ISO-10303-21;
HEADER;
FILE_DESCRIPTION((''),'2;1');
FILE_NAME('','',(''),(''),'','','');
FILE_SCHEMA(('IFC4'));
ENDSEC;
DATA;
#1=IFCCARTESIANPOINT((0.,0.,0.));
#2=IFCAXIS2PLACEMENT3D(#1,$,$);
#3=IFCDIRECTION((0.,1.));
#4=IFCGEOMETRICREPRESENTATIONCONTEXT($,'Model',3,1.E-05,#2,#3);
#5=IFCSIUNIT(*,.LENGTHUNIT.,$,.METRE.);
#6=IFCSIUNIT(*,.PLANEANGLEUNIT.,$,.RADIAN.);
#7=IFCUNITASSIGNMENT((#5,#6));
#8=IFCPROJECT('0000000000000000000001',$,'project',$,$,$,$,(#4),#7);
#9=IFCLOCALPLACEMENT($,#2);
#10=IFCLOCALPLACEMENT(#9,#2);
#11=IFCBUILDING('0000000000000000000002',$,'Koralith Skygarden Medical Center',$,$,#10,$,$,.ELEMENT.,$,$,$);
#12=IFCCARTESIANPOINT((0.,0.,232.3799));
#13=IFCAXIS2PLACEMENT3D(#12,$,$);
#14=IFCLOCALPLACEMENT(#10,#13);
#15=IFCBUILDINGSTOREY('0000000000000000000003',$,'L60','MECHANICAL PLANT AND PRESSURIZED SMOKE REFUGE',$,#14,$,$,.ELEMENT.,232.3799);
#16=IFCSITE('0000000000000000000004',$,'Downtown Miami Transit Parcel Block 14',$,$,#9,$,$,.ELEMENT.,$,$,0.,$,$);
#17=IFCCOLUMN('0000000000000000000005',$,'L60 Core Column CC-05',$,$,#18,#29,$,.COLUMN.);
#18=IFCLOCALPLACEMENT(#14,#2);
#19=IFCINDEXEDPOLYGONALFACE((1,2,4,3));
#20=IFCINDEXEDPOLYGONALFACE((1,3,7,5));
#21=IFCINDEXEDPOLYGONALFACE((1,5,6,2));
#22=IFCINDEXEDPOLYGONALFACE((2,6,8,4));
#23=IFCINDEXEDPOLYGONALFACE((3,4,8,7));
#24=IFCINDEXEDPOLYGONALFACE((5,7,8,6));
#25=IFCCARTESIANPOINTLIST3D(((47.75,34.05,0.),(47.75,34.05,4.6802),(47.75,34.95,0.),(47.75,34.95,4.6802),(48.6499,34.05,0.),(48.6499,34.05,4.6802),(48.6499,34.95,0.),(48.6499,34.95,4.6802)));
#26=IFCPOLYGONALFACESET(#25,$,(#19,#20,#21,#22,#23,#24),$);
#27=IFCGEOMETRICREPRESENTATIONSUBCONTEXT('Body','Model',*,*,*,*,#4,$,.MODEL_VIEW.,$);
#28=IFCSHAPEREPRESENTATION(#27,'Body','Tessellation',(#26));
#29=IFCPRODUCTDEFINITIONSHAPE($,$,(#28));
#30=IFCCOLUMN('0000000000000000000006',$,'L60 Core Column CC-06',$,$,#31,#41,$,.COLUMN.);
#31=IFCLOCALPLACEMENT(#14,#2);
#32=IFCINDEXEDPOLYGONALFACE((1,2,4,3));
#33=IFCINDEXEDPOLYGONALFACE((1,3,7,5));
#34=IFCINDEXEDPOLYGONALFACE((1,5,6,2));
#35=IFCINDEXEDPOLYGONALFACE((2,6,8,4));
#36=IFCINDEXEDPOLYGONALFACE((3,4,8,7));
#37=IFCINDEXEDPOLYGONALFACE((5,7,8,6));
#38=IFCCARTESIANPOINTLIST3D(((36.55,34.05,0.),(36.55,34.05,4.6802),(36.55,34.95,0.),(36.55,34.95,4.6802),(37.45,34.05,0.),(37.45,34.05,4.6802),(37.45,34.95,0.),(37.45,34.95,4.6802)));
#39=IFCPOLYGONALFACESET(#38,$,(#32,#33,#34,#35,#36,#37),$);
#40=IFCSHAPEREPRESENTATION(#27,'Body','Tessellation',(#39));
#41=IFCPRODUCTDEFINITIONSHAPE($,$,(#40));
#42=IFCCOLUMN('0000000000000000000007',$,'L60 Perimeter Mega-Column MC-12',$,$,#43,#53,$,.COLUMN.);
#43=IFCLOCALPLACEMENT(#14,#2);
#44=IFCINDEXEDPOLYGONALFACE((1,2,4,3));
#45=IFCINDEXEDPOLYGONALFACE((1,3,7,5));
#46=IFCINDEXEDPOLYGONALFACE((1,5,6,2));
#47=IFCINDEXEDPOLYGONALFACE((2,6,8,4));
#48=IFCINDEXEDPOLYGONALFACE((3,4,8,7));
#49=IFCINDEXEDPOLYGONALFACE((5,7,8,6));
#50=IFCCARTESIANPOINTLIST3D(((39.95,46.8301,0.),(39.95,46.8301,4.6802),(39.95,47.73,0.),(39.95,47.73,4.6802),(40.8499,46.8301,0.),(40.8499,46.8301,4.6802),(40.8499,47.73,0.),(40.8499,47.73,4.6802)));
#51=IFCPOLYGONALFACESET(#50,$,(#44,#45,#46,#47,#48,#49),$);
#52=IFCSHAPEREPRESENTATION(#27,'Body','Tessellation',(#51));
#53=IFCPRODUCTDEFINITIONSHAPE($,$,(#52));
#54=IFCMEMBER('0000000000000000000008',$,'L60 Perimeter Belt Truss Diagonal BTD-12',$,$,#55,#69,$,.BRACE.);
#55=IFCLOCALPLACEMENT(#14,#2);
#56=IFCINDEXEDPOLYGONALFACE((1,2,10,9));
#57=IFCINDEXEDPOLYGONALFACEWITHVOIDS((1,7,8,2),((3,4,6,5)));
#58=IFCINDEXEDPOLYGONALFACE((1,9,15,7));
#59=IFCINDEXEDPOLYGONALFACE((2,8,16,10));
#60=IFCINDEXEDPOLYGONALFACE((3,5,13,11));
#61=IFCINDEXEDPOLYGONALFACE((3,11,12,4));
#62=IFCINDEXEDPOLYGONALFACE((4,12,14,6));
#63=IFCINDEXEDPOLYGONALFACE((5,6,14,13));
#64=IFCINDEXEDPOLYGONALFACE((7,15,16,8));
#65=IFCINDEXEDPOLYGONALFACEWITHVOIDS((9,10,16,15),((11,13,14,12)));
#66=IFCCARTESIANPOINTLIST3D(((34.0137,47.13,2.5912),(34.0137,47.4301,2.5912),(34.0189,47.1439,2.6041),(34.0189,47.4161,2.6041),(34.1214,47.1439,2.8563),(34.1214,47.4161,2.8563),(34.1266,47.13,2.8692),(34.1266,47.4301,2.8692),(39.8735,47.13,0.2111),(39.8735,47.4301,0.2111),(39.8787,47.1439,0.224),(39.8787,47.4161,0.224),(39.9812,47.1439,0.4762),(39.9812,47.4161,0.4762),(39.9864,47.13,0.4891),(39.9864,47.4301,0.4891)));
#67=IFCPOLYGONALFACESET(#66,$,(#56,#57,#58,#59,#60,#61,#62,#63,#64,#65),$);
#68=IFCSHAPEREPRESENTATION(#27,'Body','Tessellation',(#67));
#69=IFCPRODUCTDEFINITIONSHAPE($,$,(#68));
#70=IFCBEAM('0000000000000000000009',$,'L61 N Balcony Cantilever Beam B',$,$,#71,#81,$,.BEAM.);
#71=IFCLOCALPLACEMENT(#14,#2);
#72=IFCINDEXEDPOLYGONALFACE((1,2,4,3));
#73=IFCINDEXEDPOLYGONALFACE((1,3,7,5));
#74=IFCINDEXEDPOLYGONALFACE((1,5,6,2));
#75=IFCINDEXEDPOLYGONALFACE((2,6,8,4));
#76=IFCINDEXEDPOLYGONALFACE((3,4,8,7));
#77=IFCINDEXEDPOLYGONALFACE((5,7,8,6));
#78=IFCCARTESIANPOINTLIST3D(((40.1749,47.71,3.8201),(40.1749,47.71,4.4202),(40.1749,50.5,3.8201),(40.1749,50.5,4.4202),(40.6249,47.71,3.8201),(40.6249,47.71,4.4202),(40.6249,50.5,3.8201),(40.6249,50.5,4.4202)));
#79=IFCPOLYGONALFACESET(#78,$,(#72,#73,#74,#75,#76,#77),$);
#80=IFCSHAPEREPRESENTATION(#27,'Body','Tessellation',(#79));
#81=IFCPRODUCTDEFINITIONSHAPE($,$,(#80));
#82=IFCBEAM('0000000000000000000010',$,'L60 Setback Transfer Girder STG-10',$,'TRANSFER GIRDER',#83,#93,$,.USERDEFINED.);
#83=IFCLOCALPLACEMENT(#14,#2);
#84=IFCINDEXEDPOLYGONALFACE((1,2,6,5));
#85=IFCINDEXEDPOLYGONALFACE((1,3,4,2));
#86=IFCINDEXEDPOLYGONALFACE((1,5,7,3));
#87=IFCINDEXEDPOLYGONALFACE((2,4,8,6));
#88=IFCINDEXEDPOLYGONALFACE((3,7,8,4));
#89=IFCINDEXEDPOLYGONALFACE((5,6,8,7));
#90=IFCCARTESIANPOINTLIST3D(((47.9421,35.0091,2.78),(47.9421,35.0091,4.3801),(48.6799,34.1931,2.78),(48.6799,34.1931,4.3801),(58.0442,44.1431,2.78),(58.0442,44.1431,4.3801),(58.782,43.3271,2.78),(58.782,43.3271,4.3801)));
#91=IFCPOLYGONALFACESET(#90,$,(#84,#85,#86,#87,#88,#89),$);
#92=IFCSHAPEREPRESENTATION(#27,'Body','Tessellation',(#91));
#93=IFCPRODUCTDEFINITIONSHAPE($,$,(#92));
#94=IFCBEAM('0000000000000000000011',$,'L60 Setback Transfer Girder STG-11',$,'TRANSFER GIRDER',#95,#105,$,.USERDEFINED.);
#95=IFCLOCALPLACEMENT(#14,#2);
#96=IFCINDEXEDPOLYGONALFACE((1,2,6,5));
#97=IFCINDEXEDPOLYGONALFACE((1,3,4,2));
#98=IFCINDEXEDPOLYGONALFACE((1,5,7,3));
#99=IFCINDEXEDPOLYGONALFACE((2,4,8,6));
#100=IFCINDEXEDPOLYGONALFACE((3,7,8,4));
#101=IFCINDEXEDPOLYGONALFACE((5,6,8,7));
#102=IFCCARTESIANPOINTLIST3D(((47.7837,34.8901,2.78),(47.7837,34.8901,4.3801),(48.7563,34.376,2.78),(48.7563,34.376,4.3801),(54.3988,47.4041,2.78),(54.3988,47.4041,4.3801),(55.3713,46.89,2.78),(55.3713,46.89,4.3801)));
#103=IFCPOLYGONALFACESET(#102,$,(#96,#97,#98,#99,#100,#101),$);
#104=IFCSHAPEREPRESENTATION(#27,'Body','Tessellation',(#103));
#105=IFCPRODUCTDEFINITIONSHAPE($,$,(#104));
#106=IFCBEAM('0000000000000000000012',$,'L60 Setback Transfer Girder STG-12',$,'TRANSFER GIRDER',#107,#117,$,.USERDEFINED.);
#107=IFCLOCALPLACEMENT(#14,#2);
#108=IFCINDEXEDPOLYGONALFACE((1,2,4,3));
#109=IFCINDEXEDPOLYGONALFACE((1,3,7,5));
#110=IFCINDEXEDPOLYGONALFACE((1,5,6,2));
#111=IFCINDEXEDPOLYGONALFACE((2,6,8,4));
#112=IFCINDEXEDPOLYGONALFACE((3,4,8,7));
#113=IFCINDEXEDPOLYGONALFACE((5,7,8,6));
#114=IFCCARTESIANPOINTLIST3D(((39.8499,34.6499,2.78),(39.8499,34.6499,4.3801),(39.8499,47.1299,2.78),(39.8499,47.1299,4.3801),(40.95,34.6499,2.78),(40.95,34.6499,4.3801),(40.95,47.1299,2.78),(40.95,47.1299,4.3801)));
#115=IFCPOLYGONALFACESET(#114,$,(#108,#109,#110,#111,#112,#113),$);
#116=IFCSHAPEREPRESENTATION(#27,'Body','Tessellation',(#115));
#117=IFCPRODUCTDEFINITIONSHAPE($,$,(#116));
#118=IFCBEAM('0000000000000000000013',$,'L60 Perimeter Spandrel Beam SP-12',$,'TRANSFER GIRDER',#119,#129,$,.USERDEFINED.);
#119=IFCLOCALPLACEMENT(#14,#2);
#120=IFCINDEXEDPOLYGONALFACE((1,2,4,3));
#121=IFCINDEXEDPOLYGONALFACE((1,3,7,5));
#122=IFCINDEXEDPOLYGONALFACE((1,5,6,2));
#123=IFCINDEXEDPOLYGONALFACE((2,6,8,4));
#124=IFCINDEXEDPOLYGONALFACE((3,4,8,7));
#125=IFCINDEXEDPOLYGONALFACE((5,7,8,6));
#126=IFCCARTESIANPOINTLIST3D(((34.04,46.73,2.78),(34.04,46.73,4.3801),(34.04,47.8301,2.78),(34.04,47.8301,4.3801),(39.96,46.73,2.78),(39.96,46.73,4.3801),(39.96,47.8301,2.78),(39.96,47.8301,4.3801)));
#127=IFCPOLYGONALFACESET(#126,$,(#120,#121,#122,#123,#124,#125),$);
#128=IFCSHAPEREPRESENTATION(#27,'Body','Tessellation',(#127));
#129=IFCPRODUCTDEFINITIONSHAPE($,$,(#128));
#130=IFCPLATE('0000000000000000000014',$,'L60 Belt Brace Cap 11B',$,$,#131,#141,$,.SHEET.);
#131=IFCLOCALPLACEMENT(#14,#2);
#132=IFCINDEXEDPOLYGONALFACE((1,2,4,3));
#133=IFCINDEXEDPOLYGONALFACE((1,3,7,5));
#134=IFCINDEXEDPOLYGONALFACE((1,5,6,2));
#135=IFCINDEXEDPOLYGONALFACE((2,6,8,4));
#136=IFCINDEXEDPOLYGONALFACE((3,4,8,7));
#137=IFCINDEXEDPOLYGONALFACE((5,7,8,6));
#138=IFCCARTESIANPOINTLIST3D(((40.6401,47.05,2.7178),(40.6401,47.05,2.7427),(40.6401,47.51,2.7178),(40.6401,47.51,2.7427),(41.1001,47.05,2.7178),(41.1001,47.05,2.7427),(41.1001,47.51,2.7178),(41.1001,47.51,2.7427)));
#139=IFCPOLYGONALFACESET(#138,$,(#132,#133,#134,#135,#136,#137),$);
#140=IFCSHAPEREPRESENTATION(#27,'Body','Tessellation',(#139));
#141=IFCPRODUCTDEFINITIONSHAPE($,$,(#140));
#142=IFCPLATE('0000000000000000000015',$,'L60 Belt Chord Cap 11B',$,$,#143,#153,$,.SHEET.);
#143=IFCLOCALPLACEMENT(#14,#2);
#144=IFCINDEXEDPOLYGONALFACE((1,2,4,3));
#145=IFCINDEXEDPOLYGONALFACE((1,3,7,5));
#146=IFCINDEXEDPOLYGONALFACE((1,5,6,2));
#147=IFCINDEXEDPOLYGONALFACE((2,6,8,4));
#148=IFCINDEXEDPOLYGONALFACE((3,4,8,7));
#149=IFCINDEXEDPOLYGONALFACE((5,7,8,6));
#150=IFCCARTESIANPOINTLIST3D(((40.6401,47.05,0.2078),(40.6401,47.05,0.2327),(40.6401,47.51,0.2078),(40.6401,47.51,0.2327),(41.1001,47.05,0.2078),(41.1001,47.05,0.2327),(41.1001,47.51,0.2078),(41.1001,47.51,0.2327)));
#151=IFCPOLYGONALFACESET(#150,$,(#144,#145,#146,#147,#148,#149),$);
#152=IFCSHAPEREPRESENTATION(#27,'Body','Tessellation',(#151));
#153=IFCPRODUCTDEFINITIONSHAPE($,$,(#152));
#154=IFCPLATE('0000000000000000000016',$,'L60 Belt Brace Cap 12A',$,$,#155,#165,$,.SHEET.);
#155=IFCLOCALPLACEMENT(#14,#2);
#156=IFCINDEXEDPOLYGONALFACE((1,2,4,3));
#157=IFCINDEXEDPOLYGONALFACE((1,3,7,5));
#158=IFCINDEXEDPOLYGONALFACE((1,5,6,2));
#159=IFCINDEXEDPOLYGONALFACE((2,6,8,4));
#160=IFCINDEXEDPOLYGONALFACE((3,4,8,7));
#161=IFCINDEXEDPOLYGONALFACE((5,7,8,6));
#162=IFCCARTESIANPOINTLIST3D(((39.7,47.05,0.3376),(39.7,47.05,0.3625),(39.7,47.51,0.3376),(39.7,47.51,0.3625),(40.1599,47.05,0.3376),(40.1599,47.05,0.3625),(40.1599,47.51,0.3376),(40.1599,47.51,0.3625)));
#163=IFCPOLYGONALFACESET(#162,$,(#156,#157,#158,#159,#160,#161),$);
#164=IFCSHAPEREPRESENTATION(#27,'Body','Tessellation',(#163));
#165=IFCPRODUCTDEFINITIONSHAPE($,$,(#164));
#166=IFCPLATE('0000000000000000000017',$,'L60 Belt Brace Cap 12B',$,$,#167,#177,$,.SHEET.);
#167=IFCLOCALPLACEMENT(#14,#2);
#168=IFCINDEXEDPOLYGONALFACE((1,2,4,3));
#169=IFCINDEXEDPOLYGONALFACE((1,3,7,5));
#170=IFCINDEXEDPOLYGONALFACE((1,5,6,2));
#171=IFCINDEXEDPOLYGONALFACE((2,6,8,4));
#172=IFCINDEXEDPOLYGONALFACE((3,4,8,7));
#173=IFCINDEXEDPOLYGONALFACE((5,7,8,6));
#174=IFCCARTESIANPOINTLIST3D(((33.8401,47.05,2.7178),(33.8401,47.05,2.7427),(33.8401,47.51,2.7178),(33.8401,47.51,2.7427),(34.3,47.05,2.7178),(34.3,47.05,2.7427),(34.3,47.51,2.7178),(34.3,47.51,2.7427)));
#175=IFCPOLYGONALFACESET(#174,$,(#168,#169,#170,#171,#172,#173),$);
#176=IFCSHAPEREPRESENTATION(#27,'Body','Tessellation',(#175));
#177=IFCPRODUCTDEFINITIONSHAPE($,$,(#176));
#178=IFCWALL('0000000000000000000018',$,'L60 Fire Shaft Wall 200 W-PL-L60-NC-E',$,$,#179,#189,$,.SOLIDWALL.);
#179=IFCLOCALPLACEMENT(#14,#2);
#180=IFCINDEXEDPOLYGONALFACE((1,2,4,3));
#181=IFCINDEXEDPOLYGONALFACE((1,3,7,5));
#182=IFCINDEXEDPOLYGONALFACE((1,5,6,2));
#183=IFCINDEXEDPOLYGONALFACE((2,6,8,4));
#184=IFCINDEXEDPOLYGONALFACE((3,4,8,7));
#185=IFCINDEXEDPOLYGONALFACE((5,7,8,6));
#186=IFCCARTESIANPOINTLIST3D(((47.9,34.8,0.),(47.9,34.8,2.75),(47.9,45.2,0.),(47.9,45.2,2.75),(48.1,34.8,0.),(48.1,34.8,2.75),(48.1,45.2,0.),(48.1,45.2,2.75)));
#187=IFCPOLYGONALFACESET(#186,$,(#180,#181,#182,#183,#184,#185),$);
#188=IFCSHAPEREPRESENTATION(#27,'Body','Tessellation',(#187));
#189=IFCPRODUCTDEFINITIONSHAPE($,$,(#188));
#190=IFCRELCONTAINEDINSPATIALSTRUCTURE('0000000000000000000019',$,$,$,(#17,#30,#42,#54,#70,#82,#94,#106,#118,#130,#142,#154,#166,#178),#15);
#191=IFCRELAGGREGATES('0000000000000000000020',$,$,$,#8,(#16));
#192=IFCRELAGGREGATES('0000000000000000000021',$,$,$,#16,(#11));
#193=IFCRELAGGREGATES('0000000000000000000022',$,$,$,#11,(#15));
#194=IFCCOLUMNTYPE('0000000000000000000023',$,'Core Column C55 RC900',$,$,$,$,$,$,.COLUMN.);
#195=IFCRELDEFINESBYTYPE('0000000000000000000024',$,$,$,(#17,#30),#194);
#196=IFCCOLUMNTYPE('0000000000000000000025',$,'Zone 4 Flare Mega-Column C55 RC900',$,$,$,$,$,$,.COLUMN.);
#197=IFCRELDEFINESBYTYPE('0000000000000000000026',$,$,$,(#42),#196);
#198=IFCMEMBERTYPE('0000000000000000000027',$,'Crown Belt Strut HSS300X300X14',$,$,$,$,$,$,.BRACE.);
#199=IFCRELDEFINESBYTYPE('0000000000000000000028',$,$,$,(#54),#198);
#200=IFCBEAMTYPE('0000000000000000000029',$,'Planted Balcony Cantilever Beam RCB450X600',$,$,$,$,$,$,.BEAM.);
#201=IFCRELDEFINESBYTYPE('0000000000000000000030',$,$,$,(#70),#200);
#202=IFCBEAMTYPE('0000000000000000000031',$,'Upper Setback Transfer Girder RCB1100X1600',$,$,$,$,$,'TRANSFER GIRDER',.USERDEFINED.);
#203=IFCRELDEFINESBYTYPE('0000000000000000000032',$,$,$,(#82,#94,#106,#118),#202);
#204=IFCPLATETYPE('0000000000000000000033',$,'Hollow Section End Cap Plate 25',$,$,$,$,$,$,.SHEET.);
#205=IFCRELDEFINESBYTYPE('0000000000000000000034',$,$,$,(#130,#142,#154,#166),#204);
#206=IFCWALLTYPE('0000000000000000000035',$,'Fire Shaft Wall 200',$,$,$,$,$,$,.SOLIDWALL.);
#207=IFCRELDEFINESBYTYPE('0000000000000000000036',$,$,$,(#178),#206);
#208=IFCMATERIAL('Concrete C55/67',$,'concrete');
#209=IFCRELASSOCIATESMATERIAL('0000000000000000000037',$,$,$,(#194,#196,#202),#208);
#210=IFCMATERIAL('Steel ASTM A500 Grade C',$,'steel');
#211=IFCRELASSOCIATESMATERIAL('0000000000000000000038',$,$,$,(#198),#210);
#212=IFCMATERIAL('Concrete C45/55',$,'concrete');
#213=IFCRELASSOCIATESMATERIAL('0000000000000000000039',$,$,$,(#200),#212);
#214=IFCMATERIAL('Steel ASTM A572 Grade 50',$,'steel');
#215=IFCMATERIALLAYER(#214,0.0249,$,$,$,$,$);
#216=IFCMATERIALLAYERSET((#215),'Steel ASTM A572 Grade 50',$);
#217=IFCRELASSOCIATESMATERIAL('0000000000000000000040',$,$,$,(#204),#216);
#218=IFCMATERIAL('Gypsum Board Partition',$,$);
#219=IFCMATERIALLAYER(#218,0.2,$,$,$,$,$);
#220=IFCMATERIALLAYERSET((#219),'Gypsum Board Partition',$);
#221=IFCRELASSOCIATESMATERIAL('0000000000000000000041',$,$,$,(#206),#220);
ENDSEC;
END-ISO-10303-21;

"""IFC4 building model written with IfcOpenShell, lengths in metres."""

from ifc_helpers import new_model, si_unit, direction, frame, frame_2d, origin, origin_2d, place, context, subcontext, project, spatial, rectangle, hollow_rectangle, extrude, material, layer, layer_set, material_profile, profile_set, type_object, element, save


model = new_model("IFC4")

# Units and contexts
model_context = context("Model", 3, precision=1e-05, world=origin(), true_north=direction((0.0, 1.0)))
body_context = subcontext(model_context, "Body", "Model", "MODEL_VIEW")
ifc_project = project(units=[si_unit("LENGTHUNIT", "METRE"), si_unit("PLANEANGLEUNIT", "RADIAN")], contexts=[model_context])

# Site, building, storey
site_placement = place(None, origin())
site = spatial("IfcSite", under=ifc_project, at=site_placement, Name="Downtown Miami Transit Parcel Block 14", CompositionType="ELEMENT", RefElevation=0.0)
building_placement = place(site_placement, origin())
building = spatial("IfcBuilding", under=site, at=building_placement, Name="Koralith Skygarden Medical Center", CompositionType="ELEMENT")
storey_placement = place(building_placement, frame((0.0, 0.0, 232.3799)))
storey = spatial("IfcBuildingStorey", under=building, at=storey_placement, Name="L60", Description="MECHANICAL PLANT AND PRESSURIZED SMOKE REFUGE", CompositionType="ELEMENT", Elevation=232.3799)

# Columns
ifc_material_1 = material(Name="Concrete C55/67", Category="concrete")
ifc_material_profile_1 = material_profile(ifc_material_1, rectangle(XDim=0.8999, YDim=0.8999, at=origin_2d()), Name="RC900X900")
ifc_profile_set_1 = profile_set([ifc_material_profile_1], Name="Concrete C55/67")
column_type_1 = type_object("IfcColumnType", Name="Core Column C55 RC900", PredefinedType="COLUMN", material=ifc_profile_set_1)
for number, where, z_axis, x_axis, name in (
    (1, (48.2, 34.5, 0.0), (0.0, 0.0, 1.0), (1.0, 0.0, 0.0), "L60 Core Column CC-05"),
    (2, (37.0, 34.5, 0.0), (0.0, 0.0, 1.0), (1.0, 0.0, 0.0), "L60 Core Column CC-06"),
):
    element("IfcColumn", number, at=place(storey_placement, frame(where, z_axis=z_axis, x_axis=x_axis)), inside=storey, type_object=column_type_1, Name=name, PredefinedType="COLUMN", context=body_context, shape_type="SweptSolid", body=[
        extrude(rectangle(XDim=0.8999, YDim=0.8999, at=origin_2d()), origin(), (0.0, 0.0, 1.0), 4.6802),
    ])
ifc_material_profile_2 = material_profile(ifc_material_1, rectangle(XDim=0.8999, YDim=0.8999, at=origin_2d()), Name="RC900X900")
ifc_profile_set_2 = profile_set([ifc_material_profile_2], Name="Concrete C55/67")
column_type_2 = type_object("IfcColumnType", Name="Zone 4 Flare Mega-Column C55 RC900", PredefinedType="COLUMN", material=ifc_profile_set_2)
column_placement = place(storey_placement, frame((40.3999, 47.28, 0.0), z_axis=(0.0, 0.0, 1.0), x_axis=(1.0, 0.0, 0.0)))
element("IfcColumn", 3, at=column_placement, inside=storey, type_object=column_type_2, Name="L60 Perimeter Mega-Column MC-12", PredefinedType="COLUMN", context=body_context, shape_type="SweptSolid", body=[
    extrude(rectangle(XDim=0.8999, YDim=0.8999, at=origin_2d()), origin(), (0.0, 0.0, 1.0), 4.6802),
])

# Member
ifc_material_2 = material(Name="Steel ASTM A500 Grade C", Category="steel")
ifc_material_profile_3 = material_profile(ifc_material_2, hollow_rectangle(XDim=0.3, YDim=0.3, WallThickness=0.0139, at=origin_2d()), Name="HSS300X300X14")
ifc_profile_set_3 = profile_set([ifc_material_profile_3], Name="Steel ASTM A500 Grade C")
member_type = type_object("IfcMemberType", Name="Crown Belt Strut HSS300X300X14", PredefinedType="BRACE", material=ifc_profile_set_3)
member_placement = place(storey_placement, frame((39.9299, 47.28, 0.3501), z_axis=(-0.926491, 0.0, 0.376317), x_axis=(0.0, -1.0, 0.0)))
element("IfcMember", 4, at=member_placement, inside=storey, type_object=member_type, Name="L60 Perimeter Belt Truss Diagonal BTD-12", PredefinedType="BRACE", context=body_context, shape_type="SweptSolid", body=[
    extrude(hollow_rectangle(XDim=0.3, YDim=0.3, WallThickness=0.0139, at=origin_2d()), origin(), (0.0, 0.0, 1.0), 6.3247),
])

# Beams
ifc_material_3 = material(Name="Concrete C45/55", Category="concrete")
ifc_material_profile_4 = material_profile(ifc_material_3, rectangle(XDim=0.45, YDim=0.6001, at=origin_2d()), Name="RCB450X600")
ifc_profile_set_4 = profile_set([ifc_material_profile_4], Name="Concrete C45/55")
beam_type_1 = type_object("IfcBeamType", Name="Planted Balcony Cantilever Beam RCB450X600", PredefinedType="BEAM", material=ifc_profile_set_4)
beam_1_placement = place(storey_placement, frame((40.3999, 47.71, 4.1201), z_axis=(0.0, 1.0, 0.0), x_axis=(-1.0, 0.0, 0.0)))
element("IfcBeam", 5, at=beam_1_placement, inside=storey, type_object=beam_type_1, Name="L61 N Balcony Cantilever Beam B", PredefinedType="BEAM", context=body_context, shape_type="SweptSolid", body=[
    extrude(rectangle(XDim=0.45, YDim=0.6001, at=origin_2d()), origin(), (0.0, 0.0, 1.0), 2.79),
])
ifc_material_profile_5 = material_profile(ifc_material_1, rectangle(XDim=1.1001, YDim=1.6001, at=origin_2d()), Name="RCB1100X1600")
ifc_profile_set_5 = profile_set([ifc_material_profile_5], Name="Concrete C55/67")
beam_type_2 = type_object("IfcBeamType", Name="Upper Setback Transfer Girder RCB1100X1600", ElementType="TRANSFER GIRDER", PredefinedType="USERDEFINED", material=ifc_profile_set_5)
beam_2_placement = place(storey_placement, frame((48.311, 34.6011, 3.5801), z_axis=(0.741752, 0.670674, 0.0), x_axis=(-0.670674, 0.741752, 0.0)))
element("IfcBeam", 6, at=beam_2_placement, inside=storey, type_object=beam_type_2, Name="L60 Setback Transfer Girder STG-10", ObjectType="TRANSFER GIRDER", PredefinedType="USERDEFINED", context=body_context, shape_type="SweptSolid", body=[
    extrude(rectangle(XDim=1.1001, YDim=1.6001, at=origin_2d()), origin(), (0.0, 0.0, 1.0), 13.6191),
])
beam_3_placement = place(storey_placement, frame((48.27, 34.6331, 3.5801), z_axis=(0.467334, 0.884081, 0.0), x_axis=(-0.884081, 0.467334, 0.0)))
element("IfcBeam", 7, at=beam_3_placement, inside=storey, type_object=beam_type_2, Name="L60 Setback Transfer Girder STG-11", ObjectType="TRANSFER GIRDER", PredefinedType="USERDEFINED", context=body_context, shape_type="SweptSolid", body=[
    extrude(rectangle(XDim=1.1001, YDim=1.6001, at=origin_2d()), origin(), (0.0, 0.0, 1.0), 14.1548),
])
beam_4_placement = place(storey_placement, frame((40.3999, 34.6499, 3.5801), z_axis=(0.0, 1.0, 0.0), x_axis=(-1.0, 0.0, 0.0)))
element("IfcBeam", 8, at=beam_4_placement, inside=storey, type_object=beam_type_2, Name="L60 Setback Transfer Girder STG-12", ObjectType="TRANSFER GIRDER", PredefinedType="USERDEFINED", context=body_context, shape_type="SweptSolid", body=[
    extrude(rectangle(XDim=1.1001, YDim=1.6001, at=origin_2d()), origin(), (0.0, 0.0, 1.0), 12.48),
])
beam_5_placement = place(storey_placement, frame((39.96, 47.28, 3.5801), z_axis=(-1.0, 0.0, 0.0), x_axis=(0.0, -1.0, 0.0)))
element("IfcBeam", 9, at=beam_5_placement, inside=storey, type_object=beam_type_2, Name="L60 Perimeter Spandrel Beam SP-12", ObjectType="TRANSFER GIRDER", PredefinedType="USERDEFINED", context=body_context, shape_type="SweptSolid", body=[
    extrude(rectangle(XDim=1.1001, YDim=1.6001, at=origin_2d()), origin(), (0.0, 0.0, 1.0), 5.9199),
])

# Plates
ifc_material_4 = material(Name="Steel ASTM A572 Grade 50", Category="steel")
ifc_layer_1 = layer(ifc_material_4, 0.0249)
ifc_layer_set_1 = layer_set([ifc_layer_1], Name="Steel ASTM A572 Grade 50")
plate_type = type_object("IfcPlateType", Name="Hollow Section End Cap Plate 25", PredefinedType="SHEET", material=ifc_layer_set_1)
for number, where, z_axis, x_axis, name in (
    (10, (40.8701, 47.28, 2.7178), (0.0, 0.0, 1.0), (1.0, 0.0, 0.0), "L60 Belt Brace Cap 11B"),
    (11, (40.8701, 47.28, 0.2078), (0.0, 0.0, 1.0), (1.0, 0.0, 0.0), "L60 Belt Chord Cap 11B"),
    (12, (39.9299, 47.28, 0.3376), (0.0, 0.0, 1.0), (1.0, 0.0, 0.0), "L60 Belt Brace Cap 12A"),
    (13, (34.0701, 47.28, 2.7178), (0.0, 0.0, 1.0), (1.0, 0.0, 0.0), "L60 Belt Brace Cap 12B"),
):
    element("IfcPlate", number, at=place(storey_placement, frame(where, z_axis=z_axis, x_axis=x_axis)), inside=storey, type_object=plate_type, Name=name, PredefinedType="SHEET", context=body_context, shape_type="SweptSolid", body=[
        extrude(rectangle(XDim=0.46, YDim=0.46, at=origin_2d()), origin(), (0.0, 0.0, 1.0), 0.0249),
    ])

# Wall
ifc_material_5 = material(Name="Gypsum Board Partition")
ifc_layer_2 = layer(ifc_material_5, 0.2)
ifc_layer_set_2 = layer_set([ifc_layer_2], Name="Gypsum Board Partition")
wall_type_1 = type_object("IfcWallType", Name="Fire Shaft Wall 200", PredefinedType="SOLIDWALL", material=ifc_layer_set_2)
wall_1_placement = place(storey_placement, frame((48.0, 34.8, 0.0), z_axis=(0.0, 0.0, 1.0), x_axis=(0.0, 1.0, 0.0)))
element("IfcWall", 14, at=wall_1_placement, inside=storey, type_object=wall_type_1, Name="L60 Fire Shaft Wall 200 W-PL-L60-NC-E", PredefinedType="SOLIDWALL", context=body_context, shape_type="SweptSolid", body=[
    extrude(rectangle(XDim=10.3999, YDim=0.2, at=frame_2d((5.2, 0.0))), origin(), (0.0, 0.0, 1.0), 2.75),
])

save(model, "model.ifc")
